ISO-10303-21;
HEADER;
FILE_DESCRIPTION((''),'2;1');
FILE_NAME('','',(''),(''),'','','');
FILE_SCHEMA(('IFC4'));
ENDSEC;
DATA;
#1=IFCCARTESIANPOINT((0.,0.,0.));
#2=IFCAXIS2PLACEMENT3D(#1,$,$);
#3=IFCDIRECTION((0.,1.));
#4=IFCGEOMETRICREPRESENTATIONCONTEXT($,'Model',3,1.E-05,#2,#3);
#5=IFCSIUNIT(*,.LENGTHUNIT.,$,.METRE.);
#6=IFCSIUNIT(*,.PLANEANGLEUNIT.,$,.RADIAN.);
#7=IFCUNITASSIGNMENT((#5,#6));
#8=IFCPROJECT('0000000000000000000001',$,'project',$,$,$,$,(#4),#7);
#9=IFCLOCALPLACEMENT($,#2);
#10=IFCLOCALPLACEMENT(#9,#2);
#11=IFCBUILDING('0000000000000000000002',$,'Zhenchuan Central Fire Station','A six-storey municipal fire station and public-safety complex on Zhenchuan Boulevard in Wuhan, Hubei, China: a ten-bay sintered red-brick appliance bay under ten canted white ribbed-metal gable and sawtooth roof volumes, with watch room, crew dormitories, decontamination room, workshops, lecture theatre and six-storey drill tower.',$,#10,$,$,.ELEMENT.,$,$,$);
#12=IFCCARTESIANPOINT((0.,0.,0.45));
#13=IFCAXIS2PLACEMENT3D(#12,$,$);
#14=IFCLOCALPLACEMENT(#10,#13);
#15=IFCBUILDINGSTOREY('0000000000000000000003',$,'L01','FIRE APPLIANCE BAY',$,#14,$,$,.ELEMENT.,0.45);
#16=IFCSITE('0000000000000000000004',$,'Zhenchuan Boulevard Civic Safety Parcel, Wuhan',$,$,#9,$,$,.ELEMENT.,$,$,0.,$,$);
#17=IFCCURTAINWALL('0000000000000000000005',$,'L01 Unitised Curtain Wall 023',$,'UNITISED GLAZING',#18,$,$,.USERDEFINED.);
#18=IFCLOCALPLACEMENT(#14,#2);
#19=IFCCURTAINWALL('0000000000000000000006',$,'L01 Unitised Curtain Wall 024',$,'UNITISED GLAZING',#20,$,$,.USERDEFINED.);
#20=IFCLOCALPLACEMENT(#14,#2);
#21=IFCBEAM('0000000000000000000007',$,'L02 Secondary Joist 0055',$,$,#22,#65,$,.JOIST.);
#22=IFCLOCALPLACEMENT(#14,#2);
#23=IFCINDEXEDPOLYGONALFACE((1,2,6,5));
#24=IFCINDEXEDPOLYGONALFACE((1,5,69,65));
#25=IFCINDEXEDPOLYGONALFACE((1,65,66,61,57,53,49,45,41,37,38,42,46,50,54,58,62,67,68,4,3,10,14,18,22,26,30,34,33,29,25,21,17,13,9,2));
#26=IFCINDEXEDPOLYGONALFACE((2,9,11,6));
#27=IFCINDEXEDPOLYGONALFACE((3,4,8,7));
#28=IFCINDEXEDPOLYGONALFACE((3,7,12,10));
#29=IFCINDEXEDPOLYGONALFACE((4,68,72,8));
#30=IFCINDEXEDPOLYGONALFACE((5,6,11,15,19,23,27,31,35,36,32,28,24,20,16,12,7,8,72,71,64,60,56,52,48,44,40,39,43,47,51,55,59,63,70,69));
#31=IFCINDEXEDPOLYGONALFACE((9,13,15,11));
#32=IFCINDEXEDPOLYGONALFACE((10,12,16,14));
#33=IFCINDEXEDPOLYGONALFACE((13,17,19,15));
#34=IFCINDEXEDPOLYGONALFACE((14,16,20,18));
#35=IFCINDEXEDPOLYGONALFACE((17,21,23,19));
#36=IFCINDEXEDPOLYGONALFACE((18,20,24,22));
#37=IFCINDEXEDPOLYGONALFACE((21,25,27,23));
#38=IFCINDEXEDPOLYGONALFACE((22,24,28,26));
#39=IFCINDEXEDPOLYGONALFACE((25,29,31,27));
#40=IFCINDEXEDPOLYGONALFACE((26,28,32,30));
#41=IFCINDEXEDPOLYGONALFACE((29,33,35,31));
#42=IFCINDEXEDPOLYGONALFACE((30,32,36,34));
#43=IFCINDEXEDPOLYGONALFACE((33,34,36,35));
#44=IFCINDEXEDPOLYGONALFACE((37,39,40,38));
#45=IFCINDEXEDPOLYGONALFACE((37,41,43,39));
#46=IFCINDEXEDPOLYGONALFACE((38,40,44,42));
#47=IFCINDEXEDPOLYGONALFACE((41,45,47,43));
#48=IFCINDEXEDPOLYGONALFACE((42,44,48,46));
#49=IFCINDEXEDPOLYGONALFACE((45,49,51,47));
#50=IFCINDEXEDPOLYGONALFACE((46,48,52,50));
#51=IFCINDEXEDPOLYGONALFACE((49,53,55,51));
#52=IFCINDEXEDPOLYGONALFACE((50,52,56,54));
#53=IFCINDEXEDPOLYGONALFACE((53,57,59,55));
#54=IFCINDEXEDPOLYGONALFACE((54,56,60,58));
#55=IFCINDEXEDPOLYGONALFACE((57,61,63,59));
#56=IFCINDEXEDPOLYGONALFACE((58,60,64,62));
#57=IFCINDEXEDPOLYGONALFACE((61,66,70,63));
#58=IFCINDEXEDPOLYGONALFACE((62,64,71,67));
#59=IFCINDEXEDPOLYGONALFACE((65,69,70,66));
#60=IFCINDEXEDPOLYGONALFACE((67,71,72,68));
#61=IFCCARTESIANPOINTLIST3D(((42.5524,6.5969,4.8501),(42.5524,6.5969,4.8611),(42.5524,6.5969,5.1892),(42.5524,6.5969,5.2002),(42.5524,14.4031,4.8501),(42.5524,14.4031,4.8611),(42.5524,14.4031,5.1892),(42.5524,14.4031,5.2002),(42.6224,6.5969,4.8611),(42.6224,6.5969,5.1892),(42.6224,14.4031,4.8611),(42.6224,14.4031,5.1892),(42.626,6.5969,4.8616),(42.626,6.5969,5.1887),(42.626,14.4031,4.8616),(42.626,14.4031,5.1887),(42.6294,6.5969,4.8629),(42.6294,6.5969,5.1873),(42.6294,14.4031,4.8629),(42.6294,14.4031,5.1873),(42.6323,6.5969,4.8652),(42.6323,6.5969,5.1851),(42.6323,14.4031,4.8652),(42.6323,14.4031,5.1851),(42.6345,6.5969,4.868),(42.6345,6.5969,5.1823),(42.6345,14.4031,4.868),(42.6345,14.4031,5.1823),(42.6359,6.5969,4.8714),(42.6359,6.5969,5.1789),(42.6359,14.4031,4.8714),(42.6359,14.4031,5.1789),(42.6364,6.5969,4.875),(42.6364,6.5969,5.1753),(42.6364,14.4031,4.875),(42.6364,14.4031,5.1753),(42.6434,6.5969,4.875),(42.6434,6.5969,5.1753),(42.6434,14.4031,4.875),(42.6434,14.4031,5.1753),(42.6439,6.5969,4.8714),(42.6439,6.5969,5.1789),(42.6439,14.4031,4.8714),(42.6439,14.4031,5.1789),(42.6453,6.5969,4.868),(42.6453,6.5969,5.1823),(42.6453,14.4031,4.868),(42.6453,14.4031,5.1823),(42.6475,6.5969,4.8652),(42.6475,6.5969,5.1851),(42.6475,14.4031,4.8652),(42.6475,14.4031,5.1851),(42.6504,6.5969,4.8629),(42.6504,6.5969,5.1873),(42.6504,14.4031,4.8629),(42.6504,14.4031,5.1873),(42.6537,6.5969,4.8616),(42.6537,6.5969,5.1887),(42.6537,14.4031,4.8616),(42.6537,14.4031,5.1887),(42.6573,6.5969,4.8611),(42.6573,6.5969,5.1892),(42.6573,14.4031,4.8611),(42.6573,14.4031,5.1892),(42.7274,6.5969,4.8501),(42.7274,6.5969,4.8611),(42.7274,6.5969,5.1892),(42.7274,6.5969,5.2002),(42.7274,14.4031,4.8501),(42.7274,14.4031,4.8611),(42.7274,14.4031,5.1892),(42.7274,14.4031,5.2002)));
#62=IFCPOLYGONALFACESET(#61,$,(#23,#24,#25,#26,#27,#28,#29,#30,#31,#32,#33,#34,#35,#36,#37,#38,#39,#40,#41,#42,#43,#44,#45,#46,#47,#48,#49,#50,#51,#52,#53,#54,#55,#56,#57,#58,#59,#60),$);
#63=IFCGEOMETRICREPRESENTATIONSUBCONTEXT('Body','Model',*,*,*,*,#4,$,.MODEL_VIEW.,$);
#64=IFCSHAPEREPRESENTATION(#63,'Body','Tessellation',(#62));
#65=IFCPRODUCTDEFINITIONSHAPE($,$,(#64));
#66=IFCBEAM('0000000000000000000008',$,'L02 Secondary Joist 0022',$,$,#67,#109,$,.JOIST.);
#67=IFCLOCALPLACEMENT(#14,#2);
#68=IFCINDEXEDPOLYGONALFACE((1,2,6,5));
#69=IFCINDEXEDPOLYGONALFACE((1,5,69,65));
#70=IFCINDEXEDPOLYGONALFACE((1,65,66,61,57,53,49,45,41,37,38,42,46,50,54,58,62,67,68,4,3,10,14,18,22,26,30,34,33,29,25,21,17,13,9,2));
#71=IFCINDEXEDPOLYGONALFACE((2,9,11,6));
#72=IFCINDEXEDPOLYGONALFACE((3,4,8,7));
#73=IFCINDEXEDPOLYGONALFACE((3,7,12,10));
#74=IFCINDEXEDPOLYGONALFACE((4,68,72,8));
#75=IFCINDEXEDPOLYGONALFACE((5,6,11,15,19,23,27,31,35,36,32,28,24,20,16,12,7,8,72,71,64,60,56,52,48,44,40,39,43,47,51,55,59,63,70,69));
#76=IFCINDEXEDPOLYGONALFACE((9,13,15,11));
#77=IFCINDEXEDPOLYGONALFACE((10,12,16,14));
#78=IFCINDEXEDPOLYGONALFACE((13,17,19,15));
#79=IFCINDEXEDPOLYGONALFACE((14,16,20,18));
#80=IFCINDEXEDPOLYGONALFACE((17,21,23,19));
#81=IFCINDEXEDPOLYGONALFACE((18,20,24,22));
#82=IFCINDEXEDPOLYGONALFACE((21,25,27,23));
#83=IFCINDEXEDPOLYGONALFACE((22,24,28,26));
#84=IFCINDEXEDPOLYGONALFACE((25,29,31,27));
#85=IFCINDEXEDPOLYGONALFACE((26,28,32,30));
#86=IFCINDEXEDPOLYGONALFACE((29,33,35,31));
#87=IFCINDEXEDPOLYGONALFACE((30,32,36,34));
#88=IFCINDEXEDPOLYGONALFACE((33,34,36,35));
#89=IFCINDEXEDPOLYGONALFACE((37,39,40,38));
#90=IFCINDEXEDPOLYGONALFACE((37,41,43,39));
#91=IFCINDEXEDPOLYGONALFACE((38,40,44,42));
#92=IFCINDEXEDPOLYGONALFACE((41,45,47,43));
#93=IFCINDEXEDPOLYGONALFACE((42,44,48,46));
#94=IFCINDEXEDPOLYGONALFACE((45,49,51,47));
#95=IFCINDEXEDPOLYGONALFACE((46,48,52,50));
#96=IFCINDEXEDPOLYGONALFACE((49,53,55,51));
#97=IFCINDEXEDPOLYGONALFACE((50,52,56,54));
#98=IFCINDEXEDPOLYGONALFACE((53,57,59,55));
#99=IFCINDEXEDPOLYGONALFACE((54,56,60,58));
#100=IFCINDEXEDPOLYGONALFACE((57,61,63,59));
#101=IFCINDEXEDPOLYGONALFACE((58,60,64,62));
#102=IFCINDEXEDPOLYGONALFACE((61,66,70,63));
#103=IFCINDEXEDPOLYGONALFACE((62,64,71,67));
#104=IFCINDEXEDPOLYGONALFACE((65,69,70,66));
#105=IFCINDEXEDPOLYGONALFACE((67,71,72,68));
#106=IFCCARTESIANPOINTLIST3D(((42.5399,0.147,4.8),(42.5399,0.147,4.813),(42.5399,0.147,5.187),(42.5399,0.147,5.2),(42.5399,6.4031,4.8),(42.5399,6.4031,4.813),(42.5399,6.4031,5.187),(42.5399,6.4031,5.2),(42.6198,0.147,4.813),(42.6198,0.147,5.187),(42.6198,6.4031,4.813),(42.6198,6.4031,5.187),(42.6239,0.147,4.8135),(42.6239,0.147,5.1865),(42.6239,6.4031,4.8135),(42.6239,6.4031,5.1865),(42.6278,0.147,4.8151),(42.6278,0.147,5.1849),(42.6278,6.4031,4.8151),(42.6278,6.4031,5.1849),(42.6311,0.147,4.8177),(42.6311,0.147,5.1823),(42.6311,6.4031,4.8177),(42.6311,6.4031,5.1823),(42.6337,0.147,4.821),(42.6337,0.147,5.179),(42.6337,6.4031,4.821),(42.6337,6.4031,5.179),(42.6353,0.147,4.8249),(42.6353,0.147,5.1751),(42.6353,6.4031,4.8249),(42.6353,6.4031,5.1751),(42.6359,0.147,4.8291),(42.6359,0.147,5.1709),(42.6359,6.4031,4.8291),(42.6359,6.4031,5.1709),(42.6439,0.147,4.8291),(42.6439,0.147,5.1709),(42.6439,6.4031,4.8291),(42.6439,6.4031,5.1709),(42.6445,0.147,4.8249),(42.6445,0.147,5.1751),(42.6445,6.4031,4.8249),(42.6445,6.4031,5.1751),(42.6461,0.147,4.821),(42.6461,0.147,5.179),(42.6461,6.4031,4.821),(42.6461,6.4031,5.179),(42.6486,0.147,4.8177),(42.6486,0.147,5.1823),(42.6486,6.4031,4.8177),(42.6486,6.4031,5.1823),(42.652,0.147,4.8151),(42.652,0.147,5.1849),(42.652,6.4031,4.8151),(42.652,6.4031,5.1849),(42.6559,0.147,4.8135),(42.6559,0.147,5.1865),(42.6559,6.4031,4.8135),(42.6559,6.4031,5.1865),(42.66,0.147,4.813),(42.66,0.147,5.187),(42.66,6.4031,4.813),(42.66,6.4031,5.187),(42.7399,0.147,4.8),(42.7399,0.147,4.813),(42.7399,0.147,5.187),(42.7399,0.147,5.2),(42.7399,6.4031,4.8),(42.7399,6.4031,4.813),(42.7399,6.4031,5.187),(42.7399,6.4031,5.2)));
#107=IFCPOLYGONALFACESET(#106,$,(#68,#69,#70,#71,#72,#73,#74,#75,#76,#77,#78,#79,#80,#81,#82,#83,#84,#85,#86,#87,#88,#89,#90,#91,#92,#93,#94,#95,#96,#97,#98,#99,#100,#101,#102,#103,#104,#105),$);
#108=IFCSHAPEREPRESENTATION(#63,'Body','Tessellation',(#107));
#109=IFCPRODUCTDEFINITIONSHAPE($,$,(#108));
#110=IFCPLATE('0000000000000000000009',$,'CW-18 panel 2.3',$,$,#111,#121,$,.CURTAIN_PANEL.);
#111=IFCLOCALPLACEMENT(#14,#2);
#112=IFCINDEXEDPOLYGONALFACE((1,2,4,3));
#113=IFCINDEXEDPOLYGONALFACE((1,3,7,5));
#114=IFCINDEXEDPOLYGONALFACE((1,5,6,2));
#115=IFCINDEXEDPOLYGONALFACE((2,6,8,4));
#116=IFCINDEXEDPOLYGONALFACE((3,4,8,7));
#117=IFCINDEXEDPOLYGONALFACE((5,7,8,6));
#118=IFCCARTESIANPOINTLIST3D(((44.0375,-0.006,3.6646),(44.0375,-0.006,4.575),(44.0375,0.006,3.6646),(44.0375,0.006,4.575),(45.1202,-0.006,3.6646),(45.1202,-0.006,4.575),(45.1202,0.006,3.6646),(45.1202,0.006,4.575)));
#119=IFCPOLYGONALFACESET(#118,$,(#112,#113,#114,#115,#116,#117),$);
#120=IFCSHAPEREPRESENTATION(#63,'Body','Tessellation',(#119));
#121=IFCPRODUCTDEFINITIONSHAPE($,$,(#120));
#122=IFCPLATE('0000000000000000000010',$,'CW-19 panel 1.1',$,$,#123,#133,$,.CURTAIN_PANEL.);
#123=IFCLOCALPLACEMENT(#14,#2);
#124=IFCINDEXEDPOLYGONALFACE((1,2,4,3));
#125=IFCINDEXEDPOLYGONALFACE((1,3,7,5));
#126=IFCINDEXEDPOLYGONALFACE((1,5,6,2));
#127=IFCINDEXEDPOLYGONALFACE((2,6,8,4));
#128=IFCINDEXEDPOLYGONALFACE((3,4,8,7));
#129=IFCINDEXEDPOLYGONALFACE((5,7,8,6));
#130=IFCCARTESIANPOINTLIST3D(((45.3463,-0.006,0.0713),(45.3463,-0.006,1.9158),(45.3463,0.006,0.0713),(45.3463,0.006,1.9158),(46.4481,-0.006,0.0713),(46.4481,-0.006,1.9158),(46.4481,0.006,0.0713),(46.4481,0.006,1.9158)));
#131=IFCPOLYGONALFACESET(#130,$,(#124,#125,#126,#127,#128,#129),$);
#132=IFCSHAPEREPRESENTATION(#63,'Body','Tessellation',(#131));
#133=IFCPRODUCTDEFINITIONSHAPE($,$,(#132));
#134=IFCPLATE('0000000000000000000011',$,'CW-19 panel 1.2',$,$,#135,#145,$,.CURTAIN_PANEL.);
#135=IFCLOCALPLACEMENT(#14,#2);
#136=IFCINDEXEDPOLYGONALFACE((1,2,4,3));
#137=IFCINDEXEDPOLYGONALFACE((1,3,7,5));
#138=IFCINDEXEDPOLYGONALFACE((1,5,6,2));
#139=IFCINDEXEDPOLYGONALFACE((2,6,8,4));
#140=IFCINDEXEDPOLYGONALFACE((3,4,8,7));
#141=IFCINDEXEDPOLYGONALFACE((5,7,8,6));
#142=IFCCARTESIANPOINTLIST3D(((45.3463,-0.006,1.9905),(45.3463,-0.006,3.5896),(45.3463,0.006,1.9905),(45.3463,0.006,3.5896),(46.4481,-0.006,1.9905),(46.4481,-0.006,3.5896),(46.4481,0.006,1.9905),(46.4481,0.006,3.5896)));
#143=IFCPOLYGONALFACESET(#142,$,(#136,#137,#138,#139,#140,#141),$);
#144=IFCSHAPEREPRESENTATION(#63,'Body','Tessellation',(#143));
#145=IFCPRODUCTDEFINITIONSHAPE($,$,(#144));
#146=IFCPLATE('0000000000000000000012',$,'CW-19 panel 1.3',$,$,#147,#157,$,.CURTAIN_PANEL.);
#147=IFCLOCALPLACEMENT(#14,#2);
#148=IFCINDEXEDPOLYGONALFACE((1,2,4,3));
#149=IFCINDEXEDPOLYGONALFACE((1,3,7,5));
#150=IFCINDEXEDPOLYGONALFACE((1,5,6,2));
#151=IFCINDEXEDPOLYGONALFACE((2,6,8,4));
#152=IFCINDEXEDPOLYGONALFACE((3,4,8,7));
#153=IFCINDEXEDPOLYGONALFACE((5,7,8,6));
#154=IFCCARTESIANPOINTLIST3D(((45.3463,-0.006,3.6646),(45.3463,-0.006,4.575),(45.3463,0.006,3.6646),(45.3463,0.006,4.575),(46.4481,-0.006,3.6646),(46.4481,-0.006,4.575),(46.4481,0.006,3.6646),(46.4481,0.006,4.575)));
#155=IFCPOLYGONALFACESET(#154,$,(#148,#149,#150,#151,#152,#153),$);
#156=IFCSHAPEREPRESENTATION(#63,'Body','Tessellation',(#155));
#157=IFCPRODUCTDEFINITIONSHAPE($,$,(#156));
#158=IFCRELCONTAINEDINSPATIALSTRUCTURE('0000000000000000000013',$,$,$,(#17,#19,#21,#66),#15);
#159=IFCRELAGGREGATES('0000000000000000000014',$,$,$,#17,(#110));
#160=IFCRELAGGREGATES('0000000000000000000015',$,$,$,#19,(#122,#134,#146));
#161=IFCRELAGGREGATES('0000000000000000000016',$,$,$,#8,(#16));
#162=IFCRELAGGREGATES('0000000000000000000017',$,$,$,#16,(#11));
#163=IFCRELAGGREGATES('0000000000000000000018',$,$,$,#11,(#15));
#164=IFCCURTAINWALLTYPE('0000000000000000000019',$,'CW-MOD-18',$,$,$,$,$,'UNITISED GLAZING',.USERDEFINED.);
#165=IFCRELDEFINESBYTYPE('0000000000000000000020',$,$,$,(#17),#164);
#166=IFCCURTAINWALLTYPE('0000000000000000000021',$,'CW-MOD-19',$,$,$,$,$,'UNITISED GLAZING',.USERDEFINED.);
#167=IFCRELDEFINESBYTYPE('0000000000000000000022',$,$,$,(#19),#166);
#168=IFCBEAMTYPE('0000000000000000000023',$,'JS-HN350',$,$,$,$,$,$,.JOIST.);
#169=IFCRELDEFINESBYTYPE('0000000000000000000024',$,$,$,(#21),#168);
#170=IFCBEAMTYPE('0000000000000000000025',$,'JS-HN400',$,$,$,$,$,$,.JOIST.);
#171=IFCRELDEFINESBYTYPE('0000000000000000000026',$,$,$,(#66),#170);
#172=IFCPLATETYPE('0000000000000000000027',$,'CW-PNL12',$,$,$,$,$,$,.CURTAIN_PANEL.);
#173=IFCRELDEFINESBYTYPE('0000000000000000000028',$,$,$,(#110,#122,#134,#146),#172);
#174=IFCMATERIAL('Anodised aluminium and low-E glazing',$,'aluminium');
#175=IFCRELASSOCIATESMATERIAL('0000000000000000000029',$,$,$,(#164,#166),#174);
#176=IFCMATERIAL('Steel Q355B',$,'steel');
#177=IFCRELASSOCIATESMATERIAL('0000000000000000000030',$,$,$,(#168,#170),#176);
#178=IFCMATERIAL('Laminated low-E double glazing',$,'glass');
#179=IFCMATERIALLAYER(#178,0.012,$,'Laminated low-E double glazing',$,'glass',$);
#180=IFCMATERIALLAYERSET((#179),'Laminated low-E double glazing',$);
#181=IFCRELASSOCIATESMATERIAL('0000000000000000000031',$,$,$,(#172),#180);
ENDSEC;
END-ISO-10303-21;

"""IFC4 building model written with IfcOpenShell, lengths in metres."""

from ifc_helpers import new_model, si_unit, direction, frame, origin, origin_2d, place, context, subcontext, project, spatial, rectangle, i_section, extrude, material, layer, layer_set, material_profile, profile_set, type_object, element, aggregate, save


model = new_model("IFC4")

# Units and contexts
model_context = context("Model", 3, precision=1e-05, world=origin(), true_north=direction((0.0, 1.0)))
body_context = subcontext(model_context, "Body", "Model", "MODEL_VIEW")
ifc_project = project(units=[si_unit("LENGTHUNIT", "METRE"), si_unit("PLANEANGLEUNIT", "RADIAN")], contexts=[model_context])

# Site, building, storey
site_placement = place(None, origin())
site = spatial("IfcSite", under=ifc_project, at=site_placement, Name="Zhenchuan Boulevard Civic Safety Parcel, Wuhan", CompositionType="ELEMENT", RefElevation=0.0)
building_placement = place(site_placement, origin())
building = spatial("IfcBuilding", under=site, at=building_placement, Name="Zhenchuan Central Fire Station", Description="A six-storey municipal fire station and public-safety complex on Zhenchuan Boulevard in Wuhan, Hubei, China: a ten-bay sintered red-brick appliance bay under ten canted white ribbed-metal gable and sawtooth roof volumes, with watch room, crew dormitories, decontamination room, workshops, lecture theatre and six-storey drill tower.", CompositionType="ELEMENT")
storey_placement = place(building_placement, frame((0.0, 0.0, 0.45)))
storey = spatial("IfcBuildingStorey", under=building, at=storey_placement, Name="L01", Description="FIRE APPLIANCE BAY", CompositionType="ELEMENT", Elevation=0.45)

# Curtain wall
ifc_material_1 = material(Name="Anodised aluminium and low-E glazing", Category="aluminium")
curtain_wall_type_1 = type_object("IfcCurtainWallType", Name="CW-MOD-18", ElementType="UNITISED GLAZING", PredefinedType="USERDEFINED", material=ifc_material_1)
curtain_wall_1_placement = place(storey_placement, origin())
curtain_wall_1 = element("IfcCurtainWall", 1, at=curtain_wall_1_placement, inside=storey, type_object=curtain_wall_type_1, Name="L01 Unitised Curtain Wall 023", ObjectType="UNITISED GLAZING", PredefinedType="USERDEFINED")

# Curtain wall
curtain_wall_type_2 = type_object("IfcCurtainWallType", Name="CW-MOD-19", ElementType="UNITISED GLAZING", PredefinedType="USERDEFINED", material=ifc_material_1)
curtain_wall_2_placement = place(storey_placement, origin())
curtain_wall_2 = element("IfcCurtainWall", 2, at=curtain_wall_2_placement, inside=storey, type_object=curtain_wall_type_2, Name="L01 Unitised Curtain Wall 024", ObjectType="UNITISED GLAZING", PredefinedType="USERDEFINED")

# Beams
ifc_material_2 = material(Name="Steel Q355B", Category="steel")
ifc_material_profile_1 = material_profile(ifc_material_2, i_section(OverallWidth=0.175, OverallDepth=0.3501, WebThickness=0.0071, FlangeThickness=0.011, FilletRadius=0.0139, at=origin_2d()), Name="HN 350x175")
ifc_profile_set_1 = profile_set([ifc_material_profile_1], Name="Steel Q355B")
beam_type_1 = type_object("IfcBeamType", Name="JS-HN350", PredefinedType="JOIST", material=ifc_profile_set_1)
beam_1_placement = place(storey_placement, frame((42.6399, 6.5969, 5.0251), z_axis=(0.0, 1.0, 0.0), x_axis=(-1.0, 0.0, 0.0)))
element("IfcBeam", 3, at=beam_1_placement, inside=storey, type_object=beam_type_1, Name="L02 Secondary Joist 0055", PredefinedType="JOIST", context=body_context, shape_type="SweptSolid", body=[
    extrude(i_section(OverallWidth=0.175, OverallDepth=0.3501, WebThickness=0.0071, FlangeThickness=0.011, FilletRadius=0.0139, at=origin_2d()), origin(), (0.0, 0.0, 1.0), 7.8062),
])
ifc_material_profile_2 = material_profile(ifc_material_2, i_section(OverallWidth=0.2, OverallDepth=0.3999, WebThickness=0.0081, FlangeThickness=0.0129, FilletRadius=0.0161, at=origin_2d()), Name="HN 400x200")
ifc_profile_set_2 = profile_set([ifc_material_profile_2], Name="Steel Q355B")
beam_type_2 = type_object("IfcBeamType", Name="JS-HN400", PredefinedType="JOIST", material=ifc_profile_set_2)
beam_2_placement = place(storey_placement, frame((42.6399, 0.147, 5.0), z_axis=(0.0, 1.0, 0.0), x_axis=(-1.0, 0.0, 0.0)))
element("IfcBeam", 4, at=beam_2_placement, inside=storey, type_object=beam_type_2, Name="L02 Secondary Joist 0022", PredefinedType="JOIST", context=body_context, shape_type="SweptSolid", body=[
    extrude(i_section(OverallWidth=0.2, OverallDepth=0.3999, WebThickness=0.0081, FlangeThickness=0.0129, FilletRadius=0.0161, at=origin_2d()), origin(), (0.0, 0.0, 1.0), 6.2561),
])

# Plates
ifc_material_3 = material(Name="Laminated low-E double glazing", Category="glass")
ifc_layer = layer(ifc_material_3, 0.012, Name="Laminated low-E double glazing", Category="glass")
ifc_layer_set = layer_set([ifc_layer], Name="Laminated low-E double glazing")
plate_type = type_object("IfcPlateType", Name="CW-PNL12", PredefinedType="CURTAIN_PANEL", material=ifc_layer_set)
plate_1_placement = place(storey_placement, frame((44.5789, 0.0, 3.6646), z_axis=(0.0, 0.0, 1.0), x_axis=(1.0, 0.0, 0.0)))
plate_1 = element("IfcPlate", 5, at=plate_1_placement, type_object=plate_type, Name="CW-18 panel 2.3", PredefinedType="CURTAIN_PANEL", context=body_context, shape_type="SweptSolid", body=[
    extrude(rectangle(XDim=1.0828, YDim=0.012, at=origin_2d()), origin(), (0.0, 0.0, 1.0), 0.9104),
])
aggregate(curtain_wall_1, [plate_1])
plate_2_placement = place(storey_placement, frame((45.8972, 0.0, 0.0713), z_axis=(0.0, 0.0, 1.0), x_axis=(1.0, 0.0, 0.0)))
plate_2 = element("IfcPlate", 6, at=plate_2_placement, type_object=plate_type, Name="CW-19 panel 1.1", PredefinedType="CURTAIN_PANEL", context=body_context, shape_type="SweptSolid", body=[
    extrude(rectangle(XDim=1.1018, YDim=0.012, at=origin_2d()), origin(), (0.0, 0.0, 1.0), 1.8445),
])
plate_3_placement = place(storey_placement, frame((45.8972, 0.0, 1.9905), z_axis=(0.0, 0.0, 1.0), x_axis=(1.0, 0.0, 0.0)))
plate_3 = element("IfcPlate", 7, at=plate_3_placement, type_object=plate_type, Name="CW-19 panel 1.2", PredefinedType="CURTAIN_PANEL", context=body_context, shape_type="SweptSolid", body=[
    extrude(rectangle(XDim=1.1018, YDim=0.012, at=origin_2d()), origin(), (0.0, 0.0, 1.0), 1.5991),
])
plate_4_placement = place(storey_placement, frame((45.8972, 0.0, 3.6646), z_axis=(0.0, 0.0, 1.0), x_axis=(1.0, 0.0, 0.0)))
plate_4 = element("IfcPlate", 8, at=plate_4_placement, type_object=plate_type, Name="CW-19 panel 1.3", PredefinedType="CURTAIN_PANEL", context=body_context, shape_type="SweptSolid", body=[
    extrude(rectangle(XDim=1.1018, YDim=0.012, at=origin_2d()), origin(), (0.0, 0.0, 1.0), 0.9104),
])
aggregate(curtain_wall_2, [plate_2, plate_3, plate_4])

save(model, "model.ifc")
